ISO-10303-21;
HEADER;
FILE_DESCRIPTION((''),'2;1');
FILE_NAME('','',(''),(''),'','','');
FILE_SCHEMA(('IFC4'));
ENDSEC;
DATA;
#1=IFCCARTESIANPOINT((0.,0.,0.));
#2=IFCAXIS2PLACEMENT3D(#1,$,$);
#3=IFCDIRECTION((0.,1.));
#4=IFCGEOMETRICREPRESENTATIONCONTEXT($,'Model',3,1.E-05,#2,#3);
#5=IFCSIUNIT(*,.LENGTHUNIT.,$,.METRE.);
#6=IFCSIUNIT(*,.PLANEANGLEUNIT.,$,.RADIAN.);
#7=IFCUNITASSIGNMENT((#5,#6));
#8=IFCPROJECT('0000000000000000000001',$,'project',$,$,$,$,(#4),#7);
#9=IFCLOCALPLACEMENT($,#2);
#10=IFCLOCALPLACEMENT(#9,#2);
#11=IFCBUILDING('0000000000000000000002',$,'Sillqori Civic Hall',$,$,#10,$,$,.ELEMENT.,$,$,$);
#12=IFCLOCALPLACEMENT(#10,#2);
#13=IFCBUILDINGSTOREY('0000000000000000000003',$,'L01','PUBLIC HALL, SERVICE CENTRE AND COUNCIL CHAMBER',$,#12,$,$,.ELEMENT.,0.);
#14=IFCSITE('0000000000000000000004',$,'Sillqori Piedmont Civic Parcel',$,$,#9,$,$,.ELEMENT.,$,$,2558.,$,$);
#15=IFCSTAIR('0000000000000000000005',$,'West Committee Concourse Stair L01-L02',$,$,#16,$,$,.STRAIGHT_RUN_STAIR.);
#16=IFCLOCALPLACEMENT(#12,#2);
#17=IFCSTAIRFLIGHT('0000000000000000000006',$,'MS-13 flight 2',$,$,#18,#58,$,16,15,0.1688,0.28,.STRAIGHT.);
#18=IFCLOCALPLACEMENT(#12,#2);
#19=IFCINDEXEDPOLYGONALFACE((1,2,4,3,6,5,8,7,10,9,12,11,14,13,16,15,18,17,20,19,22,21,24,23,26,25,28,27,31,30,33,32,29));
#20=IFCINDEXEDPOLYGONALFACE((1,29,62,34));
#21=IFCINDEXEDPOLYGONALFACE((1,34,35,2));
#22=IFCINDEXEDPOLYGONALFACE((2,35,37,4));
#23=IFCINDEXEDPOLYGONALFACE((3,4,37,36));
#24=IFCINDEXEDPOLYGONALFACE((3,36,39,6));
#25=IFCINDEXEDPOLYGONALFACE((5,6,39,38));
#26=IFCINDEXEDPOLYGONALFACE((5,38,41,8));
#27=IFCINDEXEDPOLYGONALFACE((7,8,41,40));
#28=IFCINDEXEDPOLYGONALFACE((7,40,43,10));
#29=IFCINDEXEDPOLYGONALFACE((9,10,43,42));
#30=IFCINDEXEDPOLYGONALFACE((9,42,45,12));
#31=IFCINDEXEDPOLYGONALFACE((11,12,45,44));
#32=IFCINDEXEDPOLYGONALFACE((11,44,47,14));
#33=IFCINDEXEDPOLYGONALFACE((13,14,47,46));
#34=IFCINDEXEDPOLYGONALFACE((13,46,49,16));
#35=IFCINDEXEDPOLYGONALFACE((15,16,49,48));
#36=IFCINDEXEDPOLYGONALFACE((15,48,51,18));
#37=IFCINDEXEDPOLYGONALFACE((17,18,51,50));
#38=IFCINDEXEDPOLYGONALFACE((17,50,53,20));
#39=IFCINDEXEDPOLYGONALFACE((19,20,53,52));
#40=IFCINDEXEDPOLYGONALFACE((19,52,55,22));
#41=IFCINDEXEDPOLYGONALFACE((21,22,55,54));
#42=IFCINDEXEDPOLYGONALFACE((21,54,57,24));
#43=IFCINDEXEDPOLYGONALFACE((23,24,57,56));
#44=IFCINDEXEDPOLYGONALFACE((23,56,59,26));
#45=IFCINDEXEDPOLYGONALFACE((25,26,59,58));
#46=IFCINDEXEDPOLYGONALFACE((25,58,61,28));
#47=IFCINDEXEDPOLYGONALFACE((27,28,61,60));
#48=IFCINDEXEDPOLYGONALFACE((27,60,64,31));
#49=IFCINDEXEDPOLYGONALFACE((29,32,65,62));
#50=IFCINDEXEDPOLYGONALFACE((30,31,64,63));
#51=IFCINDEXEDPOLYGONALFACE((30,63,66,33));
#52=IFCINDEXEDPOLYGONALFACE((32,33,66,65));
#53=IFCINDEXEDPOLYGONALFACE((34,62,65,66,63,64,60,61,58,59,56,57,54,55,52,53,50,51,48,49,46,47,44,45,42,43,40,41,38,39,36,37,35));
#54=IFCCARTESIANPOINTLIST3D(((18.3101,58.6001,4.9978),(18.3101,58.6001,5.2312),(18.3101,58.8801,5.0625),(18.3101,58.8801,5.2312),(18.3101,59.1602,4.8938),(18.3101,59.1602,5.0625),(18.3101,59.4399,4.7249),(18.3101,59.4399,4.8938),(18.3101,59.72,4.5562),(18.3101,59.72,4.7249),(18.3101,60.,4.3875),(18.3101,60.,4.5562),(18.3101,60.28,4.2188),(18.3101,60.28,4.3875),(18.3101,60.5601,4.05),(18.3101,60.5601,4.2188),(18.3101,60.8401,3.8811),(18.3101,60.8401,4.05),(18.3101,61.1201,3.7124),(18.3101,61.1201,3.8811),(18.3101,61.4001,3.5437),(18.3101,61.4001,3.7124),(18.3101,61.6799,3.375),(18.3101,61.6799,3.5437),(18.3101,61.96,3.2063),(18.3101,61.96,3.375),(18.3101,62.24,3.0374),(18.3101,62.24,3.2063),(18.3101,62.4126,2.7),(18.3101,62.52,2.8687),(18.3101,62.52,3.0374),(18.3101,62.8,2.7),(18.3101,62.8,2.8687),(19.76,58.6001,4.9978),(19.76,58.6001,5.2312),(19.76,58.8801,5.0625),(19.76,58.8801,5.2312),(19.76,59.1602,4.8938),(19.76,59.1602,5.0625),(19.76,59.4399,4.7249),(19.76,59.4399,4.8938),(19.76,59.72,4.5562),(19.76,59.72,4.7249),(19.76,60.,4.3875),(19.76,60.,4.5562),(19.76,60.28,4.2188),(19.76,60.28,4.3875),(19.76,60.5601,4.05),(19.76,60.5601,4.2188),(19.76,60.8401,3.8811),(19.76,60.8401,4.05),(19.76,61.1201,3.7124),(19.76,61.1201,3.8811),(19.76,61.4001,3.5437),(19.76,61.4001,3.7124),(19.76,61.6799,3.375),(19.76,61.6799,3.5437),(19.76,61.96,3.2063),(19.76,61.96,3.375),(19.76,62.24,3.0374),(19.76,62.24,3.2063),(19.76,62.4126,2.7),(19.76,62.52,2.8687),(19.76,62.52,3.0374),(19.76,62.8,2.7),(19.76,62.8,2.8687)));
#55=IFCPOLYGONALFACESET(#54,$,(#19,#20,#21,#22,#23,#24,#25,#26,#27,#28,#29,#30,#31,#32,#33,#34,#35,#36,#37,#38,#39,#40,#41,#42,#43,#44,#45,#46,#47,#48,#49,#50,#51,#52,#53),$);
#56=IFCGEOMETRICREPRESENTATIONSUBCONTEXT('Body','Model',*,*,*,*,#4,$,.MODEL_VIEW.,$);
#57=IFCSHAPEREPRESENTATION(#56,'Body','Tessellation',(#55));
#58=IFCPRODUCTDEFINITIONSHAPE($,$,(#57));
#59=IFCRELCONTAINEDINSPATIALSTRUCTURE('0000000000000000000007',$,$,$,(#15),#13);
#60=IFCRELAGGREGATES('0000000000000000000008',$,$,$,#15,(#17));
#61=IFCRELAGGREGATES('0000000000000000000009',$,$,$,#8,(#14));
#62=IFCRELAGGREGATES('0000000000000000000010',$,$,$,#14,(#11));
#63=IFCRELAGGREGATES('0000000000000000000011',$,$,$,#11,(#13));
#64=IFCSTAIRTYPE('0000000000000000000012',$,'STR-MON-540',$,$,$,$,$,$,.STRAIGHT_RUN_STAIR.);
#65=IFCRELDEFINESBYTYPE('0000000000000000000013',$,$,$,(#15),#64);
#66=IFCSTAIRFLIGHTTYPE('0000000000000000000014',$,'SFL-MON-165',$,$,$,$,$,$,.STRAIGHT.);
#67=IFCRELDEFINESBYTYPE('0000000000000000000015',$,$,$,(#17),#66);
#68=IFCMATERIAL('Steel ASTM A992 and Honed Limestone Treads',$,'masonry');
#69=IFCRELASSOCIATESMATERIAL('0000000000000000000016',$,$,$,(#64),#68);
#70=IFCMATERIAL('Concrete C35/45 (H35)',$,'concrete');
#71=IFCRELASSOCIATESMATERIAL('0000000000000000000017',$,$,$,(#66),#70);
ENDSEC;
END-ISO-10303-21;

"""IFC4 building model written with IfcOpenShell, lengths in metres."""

from ifc_helpers import new_model, si_unit, direction, frame, origin, place, context, subcontext, project, spatial, polyline, outline, extrude, material, type_object, element, aggregate, save


model = new_model("IFC4")

# Units and contexts
model_context = context("Model", 3, precision=1e-05, world=origin(), true_north=direction((0.0, 1.0)))
body_context = subcontext(model_context, "Body", "Model", "MODEL_VIEW")
ifc_project = project(units=[si_unit("LENGTHUNIT", "METRE"), si_unit("PLANEANGLEUNIT", "RADIAN")], contexts=[model_context])

# Site, building, storey
site_placement = place(None, origin())
site = spatial("IfcSite", under=ifc_project, at=site_placement, Name="Sillqori Piedmont Civic Parcel", CompositionType="ELEMENT", RefElevation=2558.0)
building_placement = place(site_placement, origin())
building = spatial("IfcBuilding", under=site, at=building_placement, Name="Sillqori Civic Hall", CompositionType="ELEMENT")
storey_placement = place(building_placement, origin())
storey = spatial("IfcBuildingStorey", under=building, at=storey_placement, Name="L01", Description="PUBLIC HALL, SERVICE CENTRE AND COUNCIL CHAMBER", CompositionType="ELEMENT", Elevation=0.0)

# Shared definitions
ifc_material_1 = material(Name="Concrete C35/45 (H35)", Category="concrete")

# Stair, stair flight
ifc_material_2 = material(Name="Steel ASTM A992 and Honed Limestone Treads", Category="masonry")
stair_type = type_object("IfcStairType", Name="STR-MON-540", PredefinedType="STRAIGHT_RUN_STAIR", material=ifc_material_2)
stair_placement = place(storey_placement, origin())
stair = element("IfcStair", 1, at=stair_placement, inside=storey, type_object=stair_type, Name="West Committee Concourse Stair L01-L02", PredefinedType="STRAIGHT_RUN_STAIR")
stair_flight_type = type_object("IfcStairFlightType", Name="SFL-MON-165", PredefinedType="STRAIGHT", material=ifc_material_1)
stair_flight_1_placement = place(storey_placement, frame((19.0349, 62.8, 2.7), z_axis=(0.0, 0.0, 1.0), x_axis=(0.0, -1.0, 0.0)))
stair_flight_1 = element("IfcStairFlight", 2, at=stair_flight_1_placement, type_object=stair_flight_type, Name="MS-13 flight 2", NumberOfRisers=16, NumberOfTreads=15, PredefinedType="STRAIGHT", RiserHeight=0.1688, TreadLength=0.28, context=body_context, shape_type="SweptSolid", body=[
    extrude(outline(polyline([(0.0, 0.0), (0.0, 0.1687), (0.28, 0.1687), (0.28, 0.3374), (0.5601, 0.3374), (0.5601, 0.5063), (0.8401, 0.5063), (0.8401, 0.675), (1.1201, 0.675), (1.1201, 0.8438), (1.3999, 0.8438), (1.3999, 1.0125), (1.6799, 1.0125), (1.6799, 1.1812), (1.96, 1.1812), (1.96, 1.3501), (2.24, 1.3501), (2.24, 1.5188), (2.52, 1.5188), (2.52, 1.6875), (2.8, 1.6875), (2.8, 1.8562), (3.0801, 1.8562), (3.0801, 2.0249), (3.3601, 2.0249), (3.3601, 2.1938), (3.6399, 2.1938), (3.6399, 2.3625), (3.9199, 2.3625), (3.9199, 2.5312), (4.2, 2.5312), (4.2, 2.7), (4.2, 2.2979), (0.3875, 0.0), (0.0, 0.0)])), frame((0.0, 0.7251, 0.0), z_axis=(0.0, -1.0, 0.0), x_axis=(1.0, 0.0, 0.0)), (0.0, 0.0, 1.0), 1.45),
])
aggregate(stair, [stair_flight_1])

save(model, "model.ifc")
